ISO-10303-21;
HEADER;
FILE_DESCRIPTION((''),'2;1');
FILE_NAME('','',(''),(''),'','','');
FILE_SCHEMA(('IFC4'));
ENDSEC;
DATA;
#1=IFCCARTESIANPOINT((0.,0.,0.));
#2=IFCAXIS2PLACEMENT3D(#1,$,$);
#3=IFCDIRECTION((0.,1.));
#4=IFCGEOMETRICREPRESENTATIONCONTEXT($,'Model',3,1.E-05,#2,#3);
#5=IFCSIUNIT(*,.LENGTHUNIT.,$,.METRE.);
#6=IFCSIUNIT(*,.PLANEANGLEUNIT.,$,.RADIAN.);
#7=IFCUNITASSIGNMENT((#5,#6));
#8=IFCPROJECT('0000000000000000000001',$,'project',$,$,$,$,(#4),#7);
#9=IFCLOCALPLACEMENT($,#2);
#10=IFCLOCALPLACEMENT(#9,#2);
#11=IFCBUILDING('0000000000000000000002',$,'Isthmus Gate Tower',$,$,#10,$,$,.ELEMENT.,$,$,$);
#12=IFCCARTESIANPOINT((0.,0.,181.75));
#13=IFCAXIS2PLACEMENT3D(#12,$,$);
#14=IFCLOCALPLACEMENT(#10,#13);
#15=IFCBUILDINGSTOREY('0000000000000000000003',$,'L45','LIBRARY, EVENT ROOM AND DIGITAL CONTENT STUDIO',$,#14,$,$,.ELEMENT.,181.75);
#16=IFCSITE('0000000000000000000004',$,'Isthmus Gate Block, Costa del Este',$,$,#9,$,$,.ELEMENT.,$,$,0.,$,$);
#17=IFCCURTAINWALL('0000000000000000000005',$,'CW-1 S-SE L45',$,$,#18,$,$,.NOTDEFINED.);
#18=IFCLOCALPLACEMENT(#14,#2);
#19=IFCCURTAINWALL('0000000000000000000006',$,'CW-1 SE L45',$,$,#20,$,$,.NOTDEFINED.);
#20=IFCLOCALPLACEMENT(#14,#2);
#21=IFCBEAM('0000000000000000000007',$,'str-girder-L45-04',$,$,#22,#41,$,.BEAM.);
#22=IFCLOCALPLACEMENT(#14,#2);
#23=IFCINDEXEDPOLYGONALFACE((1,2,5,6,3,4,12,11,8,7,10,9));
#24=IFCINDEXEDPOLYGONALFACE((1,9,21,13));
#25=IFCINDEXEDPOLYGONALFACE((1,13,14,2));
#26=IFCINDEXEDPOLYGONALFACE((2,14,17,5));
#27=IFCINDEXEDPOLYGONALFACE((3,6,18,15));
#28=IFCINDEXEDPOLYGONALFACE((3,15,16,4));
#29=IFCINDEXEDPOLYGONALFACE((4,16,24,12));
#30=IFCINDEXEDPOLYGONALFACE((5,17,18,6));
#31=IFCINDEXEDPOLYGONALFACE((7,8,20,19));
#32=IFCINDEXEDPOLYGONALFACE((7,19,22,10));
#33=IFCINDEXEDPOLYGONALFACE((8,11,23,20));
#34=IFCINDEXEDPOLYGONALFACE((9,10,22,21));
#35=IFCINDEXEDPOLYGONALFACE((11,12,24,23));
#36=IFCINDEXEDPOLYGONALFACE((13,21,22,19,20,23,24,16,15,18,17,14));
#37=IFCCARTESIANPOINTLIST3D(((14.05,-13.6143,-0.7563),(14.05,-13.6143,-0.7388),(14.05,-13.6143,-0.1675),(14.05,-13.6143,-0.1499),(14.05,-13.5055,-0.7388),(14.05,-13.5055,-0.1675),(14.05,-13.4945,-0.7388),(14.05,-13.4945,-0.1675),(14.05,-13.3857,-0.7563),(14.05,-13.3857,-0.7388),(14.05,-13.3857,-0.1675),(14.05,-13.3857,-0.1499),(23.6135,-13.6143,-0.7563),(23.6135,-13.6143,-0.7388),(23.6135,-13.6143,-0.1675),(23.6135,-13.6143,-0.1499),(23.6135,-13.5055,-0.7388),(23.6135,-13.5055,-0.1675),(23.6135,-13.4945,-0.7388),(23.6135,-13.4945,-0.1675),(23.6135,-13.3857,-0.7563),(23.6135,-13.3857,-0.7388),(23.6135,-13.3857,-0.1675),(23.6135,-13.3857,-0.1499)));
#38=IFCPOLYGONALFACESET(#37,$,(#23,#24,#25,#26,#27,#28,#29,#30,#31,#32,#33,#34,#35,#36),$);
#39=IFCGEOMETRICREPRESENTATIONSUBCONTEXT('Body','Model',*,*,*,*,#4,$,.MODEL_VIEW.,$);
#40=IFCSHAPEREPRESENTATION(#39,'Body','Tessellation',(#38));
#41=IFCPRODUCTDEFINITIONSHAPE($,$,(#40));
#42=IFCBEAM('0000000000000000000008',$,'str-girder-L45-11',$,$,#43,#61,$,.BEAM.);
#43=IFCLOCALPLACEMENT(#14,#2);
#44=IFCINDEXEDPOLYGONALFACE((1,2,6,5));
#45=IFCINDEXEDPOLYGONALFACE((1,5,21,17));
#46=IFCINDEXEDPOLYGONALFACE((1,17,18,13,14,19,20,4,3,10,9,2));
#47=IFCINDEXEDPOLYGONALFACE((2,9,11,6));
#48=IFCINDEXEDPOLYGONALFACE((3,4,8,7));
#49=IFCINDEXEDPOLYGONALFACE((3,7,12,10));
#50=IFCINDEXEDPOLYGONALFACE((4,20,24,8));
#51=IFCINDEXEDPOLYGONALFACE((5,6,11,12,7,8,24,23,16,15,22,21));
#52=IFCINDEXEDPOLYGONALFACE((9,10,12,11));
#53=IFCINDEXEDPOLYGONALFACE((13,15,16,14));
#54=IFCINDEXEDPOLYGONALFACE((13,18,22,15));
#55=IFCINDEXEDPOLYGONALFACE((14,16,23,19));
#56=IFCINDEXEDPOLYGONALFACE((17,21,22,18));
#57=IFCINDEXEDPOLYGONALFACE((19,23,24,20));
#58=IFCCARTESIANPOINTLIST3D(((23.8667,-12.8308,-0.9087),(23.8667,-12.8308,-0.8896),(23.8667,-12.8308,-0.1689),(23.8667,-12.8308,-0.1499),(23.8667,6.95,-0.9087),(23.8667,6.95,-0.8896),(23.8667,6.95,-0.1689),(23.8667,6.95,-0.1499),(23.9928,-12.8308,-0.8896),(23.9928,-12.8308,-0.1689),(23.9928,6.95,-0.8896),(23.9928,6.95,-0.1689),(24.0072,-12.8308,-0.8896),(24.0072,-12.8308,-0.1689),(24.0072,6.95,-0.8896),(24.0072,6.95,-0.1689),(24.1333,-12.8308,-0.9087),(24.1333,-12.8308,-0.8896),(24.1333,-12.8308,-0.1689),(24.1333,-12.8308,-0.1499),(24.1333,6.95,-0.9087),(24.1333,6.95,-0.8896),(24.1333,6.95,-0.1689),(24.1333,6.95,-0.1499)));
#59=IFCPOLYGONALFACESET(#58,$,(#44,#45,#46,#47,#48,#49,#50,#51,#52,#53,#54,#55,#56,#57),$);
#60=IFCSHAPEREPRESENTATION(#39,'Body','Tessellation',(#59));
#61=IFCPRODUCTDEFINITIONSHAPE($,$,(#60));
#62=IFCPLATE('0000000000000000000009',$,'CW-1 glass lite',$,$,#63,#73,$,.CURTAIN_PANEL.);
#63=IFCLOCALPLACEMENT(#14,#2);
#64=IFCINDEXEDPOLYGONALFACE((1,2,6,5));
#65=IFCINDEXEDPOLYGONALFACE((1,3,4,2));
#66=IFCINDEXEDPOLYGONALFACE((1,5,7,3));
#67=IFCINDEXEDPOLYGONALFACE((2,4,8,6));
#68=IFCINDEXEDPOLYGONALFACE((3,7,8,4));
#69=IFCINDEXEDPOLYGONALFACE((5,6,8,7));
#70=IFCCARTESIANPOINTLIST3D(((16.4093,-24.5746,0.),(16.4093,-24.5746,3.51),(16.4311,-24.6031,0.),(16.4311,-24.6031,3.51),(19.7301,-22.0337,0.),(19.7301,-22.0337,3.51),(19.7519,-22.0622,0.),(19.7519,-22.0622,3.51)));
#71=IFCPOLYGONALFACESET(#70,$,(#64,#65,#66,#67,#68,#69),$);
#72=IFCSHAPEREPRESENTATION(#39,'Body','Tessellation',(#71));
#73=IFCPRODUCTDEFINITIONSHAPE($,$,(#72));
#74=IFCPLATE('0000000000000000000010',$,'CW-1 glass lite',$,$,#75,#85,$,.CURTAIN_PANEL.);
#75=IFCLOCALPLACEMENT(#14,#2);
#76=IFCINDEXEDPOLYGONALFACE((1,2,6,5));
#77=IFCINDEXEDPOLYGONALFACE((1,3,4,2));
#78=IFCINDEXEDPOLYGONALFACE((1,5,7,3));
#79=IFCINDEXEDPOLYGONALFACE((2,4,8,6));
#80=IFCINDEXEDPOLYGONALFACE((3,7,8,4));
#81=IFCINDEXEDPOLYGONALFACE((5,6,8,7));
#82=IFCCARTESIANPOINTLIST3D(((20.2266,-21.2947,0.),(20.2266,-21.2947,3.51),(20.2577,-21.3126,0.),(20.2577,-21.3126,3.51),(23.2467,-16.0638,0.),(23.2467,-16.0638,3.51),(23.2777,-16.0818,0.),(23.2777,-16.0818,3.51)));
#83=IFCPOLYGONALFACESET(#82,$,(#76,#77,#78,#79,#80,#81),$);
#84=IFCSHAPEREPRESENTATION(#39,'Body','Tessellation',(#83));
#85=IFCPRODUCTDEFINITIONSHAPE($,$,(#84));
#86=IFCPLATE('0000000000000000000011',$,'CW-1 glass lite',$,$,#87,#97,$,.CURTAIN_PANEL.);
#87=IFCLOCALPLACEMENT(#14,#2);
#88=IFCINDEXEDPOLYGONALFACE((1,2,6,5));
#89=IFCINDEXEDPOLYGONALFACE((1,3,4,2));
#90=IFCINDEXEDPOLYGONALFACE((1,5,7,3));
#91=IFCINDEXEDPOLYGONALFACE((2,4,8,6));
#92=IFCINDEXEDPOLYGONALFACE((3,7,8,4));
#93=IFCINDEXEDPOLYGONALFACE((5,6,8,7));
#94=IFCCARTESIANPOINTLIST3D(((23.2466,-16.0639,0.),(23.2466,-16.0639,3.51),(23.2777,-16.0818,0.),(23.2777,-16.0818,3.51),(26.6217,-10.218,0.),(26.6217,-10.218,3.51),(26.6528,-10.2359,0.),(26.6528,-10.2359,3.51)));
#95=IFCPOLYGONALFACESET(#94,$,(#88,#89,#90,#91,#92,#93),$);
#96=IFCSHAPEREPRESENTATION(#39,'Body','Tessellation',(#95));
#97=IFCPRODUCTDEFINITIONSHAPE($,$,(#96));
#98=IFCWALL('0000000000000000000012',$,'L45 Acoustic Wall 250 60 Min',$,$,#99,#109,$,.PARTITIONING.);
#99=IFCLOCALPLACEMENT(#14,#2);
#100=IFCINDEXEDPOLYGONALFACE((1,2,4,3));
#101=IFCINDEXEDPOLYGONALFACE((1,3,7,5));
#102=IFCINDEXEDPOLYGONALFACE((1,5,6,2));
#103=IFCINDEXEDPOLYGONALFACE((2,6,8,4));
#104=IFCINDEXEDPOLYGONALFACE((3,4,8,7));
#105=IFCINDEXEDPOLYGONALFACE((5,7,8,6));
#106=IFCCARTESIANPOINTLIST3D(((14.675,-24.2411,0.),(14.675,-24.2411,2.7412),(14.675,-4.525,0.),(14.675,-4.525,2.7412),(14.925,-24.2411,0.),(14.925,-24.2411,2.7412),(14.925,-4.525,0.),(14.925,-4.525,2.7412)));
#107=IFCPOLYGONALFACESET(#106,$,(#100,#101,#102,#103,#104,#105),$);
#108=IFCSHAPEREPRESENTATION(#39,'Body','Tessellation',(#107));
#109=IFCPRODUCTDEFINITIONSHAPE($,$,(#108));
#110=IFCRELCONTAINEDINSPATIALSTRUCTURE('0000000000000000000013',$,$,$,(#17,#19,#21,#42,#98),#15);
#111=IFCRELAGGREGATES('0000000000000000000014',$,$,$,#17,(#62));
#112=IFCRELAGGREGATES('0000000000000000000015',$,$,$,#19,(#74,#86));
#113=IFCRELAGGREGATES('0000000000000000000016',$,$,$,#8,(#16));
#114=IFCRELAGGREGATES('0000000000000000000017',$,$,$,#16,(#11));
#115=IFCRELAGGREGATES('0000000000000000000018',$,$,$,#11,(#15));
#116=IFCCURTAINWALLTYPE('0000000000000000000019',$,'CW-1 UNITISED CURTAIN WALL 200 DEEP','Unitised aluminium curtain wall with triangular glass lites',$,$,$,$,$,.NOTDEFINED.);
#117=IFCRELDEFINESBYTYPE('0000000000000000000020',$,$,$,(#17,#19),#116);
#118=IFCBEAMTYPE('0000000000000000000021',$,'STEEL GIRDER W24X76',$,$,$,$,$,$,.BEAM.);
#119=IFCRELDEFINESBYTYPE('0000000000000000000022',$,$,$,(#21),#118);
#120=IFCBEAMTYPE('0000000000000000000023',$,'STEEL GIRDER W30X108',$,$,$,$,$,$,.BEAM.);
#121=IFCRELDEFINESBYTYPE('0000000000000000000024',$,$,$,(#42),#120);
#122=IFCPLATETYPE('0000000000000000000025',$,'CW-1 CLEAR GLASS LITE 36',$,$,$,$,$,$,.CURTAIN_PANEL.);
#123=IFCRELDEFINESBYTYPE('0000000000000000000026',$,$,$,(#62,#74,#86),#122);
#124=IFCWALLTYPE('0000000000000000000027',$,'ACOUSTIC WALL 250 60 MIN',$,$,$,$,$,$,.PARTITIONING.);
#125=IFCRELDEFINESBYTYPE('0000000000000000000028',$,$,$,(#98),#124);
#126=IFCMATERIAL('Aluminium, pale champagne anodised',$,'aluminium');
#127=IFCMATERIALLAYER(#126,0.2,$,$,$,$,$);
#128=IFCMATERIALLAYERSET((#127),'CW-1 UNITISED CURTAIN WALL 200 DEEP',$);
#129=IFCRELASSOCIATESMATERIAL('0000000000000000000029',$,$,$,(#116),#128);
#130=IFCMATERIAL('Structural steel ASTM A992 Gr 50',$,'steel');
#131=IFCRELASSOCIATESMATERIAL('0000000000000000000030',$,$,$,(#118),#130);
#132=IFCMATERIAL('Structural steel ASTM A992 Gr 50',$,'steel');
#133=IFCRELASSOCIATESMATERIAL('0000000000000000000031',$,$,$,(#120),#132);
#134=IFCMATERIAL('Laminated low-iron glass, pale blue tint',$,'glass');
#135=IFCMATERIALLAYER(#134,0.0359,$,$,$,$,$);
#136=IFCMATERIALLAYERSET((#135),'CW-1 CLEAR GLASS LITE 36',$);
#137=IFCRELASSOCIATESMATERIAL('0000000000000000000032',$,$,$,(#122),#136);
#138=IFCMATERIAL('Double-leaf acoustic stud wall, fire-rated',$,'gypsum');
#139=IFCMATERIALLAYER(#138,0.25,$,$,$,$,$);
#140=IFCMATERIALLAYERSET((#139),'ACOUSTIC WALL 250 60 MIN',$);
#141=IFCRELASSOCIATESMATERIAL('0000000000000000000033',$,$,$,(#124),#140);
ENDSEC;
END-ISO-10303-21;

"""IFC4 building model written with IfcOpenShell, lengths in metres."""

from ifc_helpers import new_model, si_unit, direction, frame, frame_2d, origin, origin_2d, place, context, subcontext, project, spatial, rectangle, i_section, extrude, material, layer, layer_set, material_profile, profile_set, type_object, element, aggregate, save


model = new_model("IFC4")

# Units and contexts
model_context = context("Model", 3, precision=1e-05, world=origin(), true_north=direction((0.0, 1.0)))
body_context = subcontext(model_context, "Body", "Model", "MODEL_VIEW")
ifc_project = project(units=[si_unit("LENGTHUNIT", "METRE"), si_unit("PLANEANGLEUNIT", "RADIAN")], contexts=[model_context])

# Site, building, storey
site_placement = place(None, origin())
site = spatial("IfcSite", under=ifc_project, at=site_placement, Name="Isthmus Gate Block, Costa del Este", CompositionType="ELEMENT", RefElevation=0.0)
building_placement = place(site_placement, origin())
building = spatial("IfcBuilding", under=site, at=building_placement, Name="Isthmus Gate Tower", CompositionType="ELEMENT")
storey_placement = place(building_placement, frame((0.0, 0.0, 181.75)))
storey = spatial("IfcBuildingStorey", under=building, at=storey_placement, Name="L45", Description="LIBRARY, EVENT ROOM AND DIGITAL CONTENT STUDIO", CompositionType="ELEMENT", Elevation=181.75)

# Curtain wall
ifc_material_1 = material(Name="Aluminium, pale champagne anodised", Category="aluminium")
ifc_layer_1 = layer(ifc_material_1, 0.2)
ifc_layer_set_1 = layer_set([ifc_layer_1], Name="CW-1 UNITISED CURTAIN WALL 200 DEEP")
curtain_wall_type = type_object("IfcCurtainWallType", Name="CW-1 UNITISED CURTAIN WALL 200 DEEP", Description="Unitised aluminium curtain wall with triangular glass lites", PredefinedType="NOTDEFINED", material=ifc_layer_set_1)
curtain_wall_1_placement = place(storey_placement, origin())
curtain_wall_1 = element("IfcCurtainWall", 1, at=curtain_wall_1_placement, inside=storey, type_object=curtain_wall_type, Name="CW-1 S-SE L45", PredefinedType="NOTDEFINED")

# Curtain wall
curtain_wall_2_placement = place(storey_placement, origin())
curtain_wall_2 = element("IfcCurtainWall", 2, at=curtain_wall_2_placement, inside=storey, type_object=curtain_wall_type, Name="CW-1 SE L45", PredefinedType="NOTDEFINED")

# Beams
ifc_material_2 = material(Name="Structural steel ASTM A992 Gr 50", Category="steel")
ifc_material_profile_1 = material_profile(ifc_material_2, i_section(OverallWidth=0.2285, OverallDepth=0.6064, WebThickness=0.011, FlangeThickness=0.0176, at=origin_2d()), Name="W24X76")
ifc_profile_set_1 = profile_set([ifc_material_profile_1], Name="Structural steel ASTM A992 Gr 50")
beam_type_1 = type_object("IfcBeamType", Name="STEEL GIRDER W24X76", PredefinedType="BEAM", material=ifc_profile_set_1)
beam_1_placement = place(storey_placement, frame((14.05, -13.5, -0.4531), z_axis=(1.0, 0.0, 0.0), x_axis=(0.0, 1.0, 0.0)))
element("IfcBeam", 3, at=beam_1_placement, inside=storey, type_object=beam_type_1, Name="str-girder-L45-04", PredefinedType="BEAM", context=body_context, shape_type="SweptSolid", body=[
    extrude(i_section(OverallWidth=0.2285, OverallDepth=0.6064, WebThickness=0.011, FlangeThickness=0.0176, at=origin_2d()), origin(), (0.0, 0.0, 1.0), 9.5635),
])
ifc_material_3 = material(Name="Structural steel ASTM A992 Gr 50", Category="steel")
ifc_material_profile_2 = material_profile(ifc_material_3, i_section(OverallWidth=0.2666, OverallDepth=0.7588, WebThickness=0.0144, FlangeThickness=0.019, at=origin_2d()), Name="W30X108")
ifc_profile_set_2 = profile_set([ifc_material_profile_2], Name="Structural steel ASTM A992 Gr 50")
beam_type_2 = type_object("IfcBeamType", Name="STEEL GIRDER W30X108", PredefinedType="BEAM", material=ifc_profile_set_2)
beam_2_placement = place(storey_placement, frame((24.0, -12.8308, -0.5293), z_axis=(0.0, 1.0, 0.0), x_axis=(-1.0, 0.0, 0.0)))
element("IfcBeam", 4, at=beam_2_placement, inside=storey, type_object=beam_type_2, Name="str-girder-L45-11", PredefinedType="BEAM", context=body_context, shape_type="SweptSolid", body=[
    extrude(i_section(OverallWidth=0.2666, OverallDepth=0.7588, WebThickness=0.0144, FlangeThickness=0.019, at=origin_2d()), origin(), (0.0, 0.0, 1.0), 19.7808),
])

# Plates
ifc_material_4 = material(Name="Laminated low-iron glass, pale blue tint", Category="glass")
ifc_layer_2 = layer(ifc_material_4, 0.0359)
ifc_layer_set_2 = layer_set([ifc_layer_2], Name="CW-1 CLEAR GLASS LITE 36")
plate_type = type_object("IfcPlateType", Name="CW-1 CLEAR GLASS LITE 36", PredefinedType="CURTAIN_PANEL", material=ifc_layer_set_2)
plate_1_placement = place(storey_placement, frame((18.0806, -23.3184, 0.0), z_axis=(0.0, 0.0, 1.0), x_axis=(0.794189, 0.607671, 0.0)))
plate_1 = element("IfcPlate", 5, at=plate_1_placement, type_object=plate_type, Name="CW-1 glass lite", PredefinedType="CURTAIN_PANEL", context=body_context, shape_type="SweptSolid", body=[
    extrude(rectangle(XDim=4.1814, YDim=0.0359, at=origin_2d()), origin(), (0.0, 0.0, 1.0), 3.51),
])
aggregate(curtain_wall_1, [plate_1])
plate_2_placement = place(storey_placement, frame((21.7522, -18.6882, 0.0), z_axis=(0.0, 0.0, 1.0), x_axis=(0.5, 0.866025, 0.0)))
plate_2 = element("IfcPlate", 6, at=plate_2_placement, type_object=plate_type, Name="CW-1 glass lite", PredefinedType="CURTAIN_PANEL", context=body_context, shape_type="SweptSolid", body=[
    extrude(rectangle(XDim=6.04, YDim=0.0359, at=origin_2d()), origin(), (0.0, 0.0, 1.0), 3.51),
])
plate_3_placement = place(storey_placement, frame((24.9497, -13.1499, 0.0), z_axis=(0.0, 0.0, 1.0), x_axis=(0.5, 0.866025, 0.0)))
plate_3 = element("IfcPlate", 7, at=plate_3_placement, type_object=plate_type, Name="CW-1 glass lite", PredefinedType="CURTAIN_PANEL", context=body_context, shape_type="SweptSolid", body=[
    extrude(rectangle(XDim=6.7502, YDim=0.0359, at=origin_2d()), origin(), (0.0, 0.0, 1.0), 3.51),
])
aggregate(curtain_wall_2, [plate_2, plate_3])

# Wall
ifc_material_5 = material(Name="Double-leaf acoustic stud wall, fire-rated", Category="gypsum")
ifc_layer_3 = layer(ifc_material_5, 0.25)
ifc_layer_set_3 = layer_set([ifc_layer_3], Name="ACOUSTIC WALL 250 60 MIN")
wall_type = type_object("IfcWallType", Name="ACOUSTIC WALL 250 60 MIN", PredefinedType="PARTITIONING", material=ifc_layer_set_3)
wall_placement = place(storey_placement, frame((14.8, -24.241, 0.0), z_axis=(0.0, 0.0, 1.0), x_axis=(0.0, 1.0, 0.0)))
element("IfcWall", 8, at=wall_placement, inside=storey, type_object=wall_type, Name="L45 Acoustic Wall 250 60 Min", PredefinedType="PARTITIONING", context=body_context, shape_type="SweptSolid", body=[
    extrude(rectangle(XDim=19.7161, YDim=0.25, at=frame_2d((9.8579, 0.0))), origin(), (0.0, 0.0, 1.0), 2.7412),
])

save(model, "model.ifc")
